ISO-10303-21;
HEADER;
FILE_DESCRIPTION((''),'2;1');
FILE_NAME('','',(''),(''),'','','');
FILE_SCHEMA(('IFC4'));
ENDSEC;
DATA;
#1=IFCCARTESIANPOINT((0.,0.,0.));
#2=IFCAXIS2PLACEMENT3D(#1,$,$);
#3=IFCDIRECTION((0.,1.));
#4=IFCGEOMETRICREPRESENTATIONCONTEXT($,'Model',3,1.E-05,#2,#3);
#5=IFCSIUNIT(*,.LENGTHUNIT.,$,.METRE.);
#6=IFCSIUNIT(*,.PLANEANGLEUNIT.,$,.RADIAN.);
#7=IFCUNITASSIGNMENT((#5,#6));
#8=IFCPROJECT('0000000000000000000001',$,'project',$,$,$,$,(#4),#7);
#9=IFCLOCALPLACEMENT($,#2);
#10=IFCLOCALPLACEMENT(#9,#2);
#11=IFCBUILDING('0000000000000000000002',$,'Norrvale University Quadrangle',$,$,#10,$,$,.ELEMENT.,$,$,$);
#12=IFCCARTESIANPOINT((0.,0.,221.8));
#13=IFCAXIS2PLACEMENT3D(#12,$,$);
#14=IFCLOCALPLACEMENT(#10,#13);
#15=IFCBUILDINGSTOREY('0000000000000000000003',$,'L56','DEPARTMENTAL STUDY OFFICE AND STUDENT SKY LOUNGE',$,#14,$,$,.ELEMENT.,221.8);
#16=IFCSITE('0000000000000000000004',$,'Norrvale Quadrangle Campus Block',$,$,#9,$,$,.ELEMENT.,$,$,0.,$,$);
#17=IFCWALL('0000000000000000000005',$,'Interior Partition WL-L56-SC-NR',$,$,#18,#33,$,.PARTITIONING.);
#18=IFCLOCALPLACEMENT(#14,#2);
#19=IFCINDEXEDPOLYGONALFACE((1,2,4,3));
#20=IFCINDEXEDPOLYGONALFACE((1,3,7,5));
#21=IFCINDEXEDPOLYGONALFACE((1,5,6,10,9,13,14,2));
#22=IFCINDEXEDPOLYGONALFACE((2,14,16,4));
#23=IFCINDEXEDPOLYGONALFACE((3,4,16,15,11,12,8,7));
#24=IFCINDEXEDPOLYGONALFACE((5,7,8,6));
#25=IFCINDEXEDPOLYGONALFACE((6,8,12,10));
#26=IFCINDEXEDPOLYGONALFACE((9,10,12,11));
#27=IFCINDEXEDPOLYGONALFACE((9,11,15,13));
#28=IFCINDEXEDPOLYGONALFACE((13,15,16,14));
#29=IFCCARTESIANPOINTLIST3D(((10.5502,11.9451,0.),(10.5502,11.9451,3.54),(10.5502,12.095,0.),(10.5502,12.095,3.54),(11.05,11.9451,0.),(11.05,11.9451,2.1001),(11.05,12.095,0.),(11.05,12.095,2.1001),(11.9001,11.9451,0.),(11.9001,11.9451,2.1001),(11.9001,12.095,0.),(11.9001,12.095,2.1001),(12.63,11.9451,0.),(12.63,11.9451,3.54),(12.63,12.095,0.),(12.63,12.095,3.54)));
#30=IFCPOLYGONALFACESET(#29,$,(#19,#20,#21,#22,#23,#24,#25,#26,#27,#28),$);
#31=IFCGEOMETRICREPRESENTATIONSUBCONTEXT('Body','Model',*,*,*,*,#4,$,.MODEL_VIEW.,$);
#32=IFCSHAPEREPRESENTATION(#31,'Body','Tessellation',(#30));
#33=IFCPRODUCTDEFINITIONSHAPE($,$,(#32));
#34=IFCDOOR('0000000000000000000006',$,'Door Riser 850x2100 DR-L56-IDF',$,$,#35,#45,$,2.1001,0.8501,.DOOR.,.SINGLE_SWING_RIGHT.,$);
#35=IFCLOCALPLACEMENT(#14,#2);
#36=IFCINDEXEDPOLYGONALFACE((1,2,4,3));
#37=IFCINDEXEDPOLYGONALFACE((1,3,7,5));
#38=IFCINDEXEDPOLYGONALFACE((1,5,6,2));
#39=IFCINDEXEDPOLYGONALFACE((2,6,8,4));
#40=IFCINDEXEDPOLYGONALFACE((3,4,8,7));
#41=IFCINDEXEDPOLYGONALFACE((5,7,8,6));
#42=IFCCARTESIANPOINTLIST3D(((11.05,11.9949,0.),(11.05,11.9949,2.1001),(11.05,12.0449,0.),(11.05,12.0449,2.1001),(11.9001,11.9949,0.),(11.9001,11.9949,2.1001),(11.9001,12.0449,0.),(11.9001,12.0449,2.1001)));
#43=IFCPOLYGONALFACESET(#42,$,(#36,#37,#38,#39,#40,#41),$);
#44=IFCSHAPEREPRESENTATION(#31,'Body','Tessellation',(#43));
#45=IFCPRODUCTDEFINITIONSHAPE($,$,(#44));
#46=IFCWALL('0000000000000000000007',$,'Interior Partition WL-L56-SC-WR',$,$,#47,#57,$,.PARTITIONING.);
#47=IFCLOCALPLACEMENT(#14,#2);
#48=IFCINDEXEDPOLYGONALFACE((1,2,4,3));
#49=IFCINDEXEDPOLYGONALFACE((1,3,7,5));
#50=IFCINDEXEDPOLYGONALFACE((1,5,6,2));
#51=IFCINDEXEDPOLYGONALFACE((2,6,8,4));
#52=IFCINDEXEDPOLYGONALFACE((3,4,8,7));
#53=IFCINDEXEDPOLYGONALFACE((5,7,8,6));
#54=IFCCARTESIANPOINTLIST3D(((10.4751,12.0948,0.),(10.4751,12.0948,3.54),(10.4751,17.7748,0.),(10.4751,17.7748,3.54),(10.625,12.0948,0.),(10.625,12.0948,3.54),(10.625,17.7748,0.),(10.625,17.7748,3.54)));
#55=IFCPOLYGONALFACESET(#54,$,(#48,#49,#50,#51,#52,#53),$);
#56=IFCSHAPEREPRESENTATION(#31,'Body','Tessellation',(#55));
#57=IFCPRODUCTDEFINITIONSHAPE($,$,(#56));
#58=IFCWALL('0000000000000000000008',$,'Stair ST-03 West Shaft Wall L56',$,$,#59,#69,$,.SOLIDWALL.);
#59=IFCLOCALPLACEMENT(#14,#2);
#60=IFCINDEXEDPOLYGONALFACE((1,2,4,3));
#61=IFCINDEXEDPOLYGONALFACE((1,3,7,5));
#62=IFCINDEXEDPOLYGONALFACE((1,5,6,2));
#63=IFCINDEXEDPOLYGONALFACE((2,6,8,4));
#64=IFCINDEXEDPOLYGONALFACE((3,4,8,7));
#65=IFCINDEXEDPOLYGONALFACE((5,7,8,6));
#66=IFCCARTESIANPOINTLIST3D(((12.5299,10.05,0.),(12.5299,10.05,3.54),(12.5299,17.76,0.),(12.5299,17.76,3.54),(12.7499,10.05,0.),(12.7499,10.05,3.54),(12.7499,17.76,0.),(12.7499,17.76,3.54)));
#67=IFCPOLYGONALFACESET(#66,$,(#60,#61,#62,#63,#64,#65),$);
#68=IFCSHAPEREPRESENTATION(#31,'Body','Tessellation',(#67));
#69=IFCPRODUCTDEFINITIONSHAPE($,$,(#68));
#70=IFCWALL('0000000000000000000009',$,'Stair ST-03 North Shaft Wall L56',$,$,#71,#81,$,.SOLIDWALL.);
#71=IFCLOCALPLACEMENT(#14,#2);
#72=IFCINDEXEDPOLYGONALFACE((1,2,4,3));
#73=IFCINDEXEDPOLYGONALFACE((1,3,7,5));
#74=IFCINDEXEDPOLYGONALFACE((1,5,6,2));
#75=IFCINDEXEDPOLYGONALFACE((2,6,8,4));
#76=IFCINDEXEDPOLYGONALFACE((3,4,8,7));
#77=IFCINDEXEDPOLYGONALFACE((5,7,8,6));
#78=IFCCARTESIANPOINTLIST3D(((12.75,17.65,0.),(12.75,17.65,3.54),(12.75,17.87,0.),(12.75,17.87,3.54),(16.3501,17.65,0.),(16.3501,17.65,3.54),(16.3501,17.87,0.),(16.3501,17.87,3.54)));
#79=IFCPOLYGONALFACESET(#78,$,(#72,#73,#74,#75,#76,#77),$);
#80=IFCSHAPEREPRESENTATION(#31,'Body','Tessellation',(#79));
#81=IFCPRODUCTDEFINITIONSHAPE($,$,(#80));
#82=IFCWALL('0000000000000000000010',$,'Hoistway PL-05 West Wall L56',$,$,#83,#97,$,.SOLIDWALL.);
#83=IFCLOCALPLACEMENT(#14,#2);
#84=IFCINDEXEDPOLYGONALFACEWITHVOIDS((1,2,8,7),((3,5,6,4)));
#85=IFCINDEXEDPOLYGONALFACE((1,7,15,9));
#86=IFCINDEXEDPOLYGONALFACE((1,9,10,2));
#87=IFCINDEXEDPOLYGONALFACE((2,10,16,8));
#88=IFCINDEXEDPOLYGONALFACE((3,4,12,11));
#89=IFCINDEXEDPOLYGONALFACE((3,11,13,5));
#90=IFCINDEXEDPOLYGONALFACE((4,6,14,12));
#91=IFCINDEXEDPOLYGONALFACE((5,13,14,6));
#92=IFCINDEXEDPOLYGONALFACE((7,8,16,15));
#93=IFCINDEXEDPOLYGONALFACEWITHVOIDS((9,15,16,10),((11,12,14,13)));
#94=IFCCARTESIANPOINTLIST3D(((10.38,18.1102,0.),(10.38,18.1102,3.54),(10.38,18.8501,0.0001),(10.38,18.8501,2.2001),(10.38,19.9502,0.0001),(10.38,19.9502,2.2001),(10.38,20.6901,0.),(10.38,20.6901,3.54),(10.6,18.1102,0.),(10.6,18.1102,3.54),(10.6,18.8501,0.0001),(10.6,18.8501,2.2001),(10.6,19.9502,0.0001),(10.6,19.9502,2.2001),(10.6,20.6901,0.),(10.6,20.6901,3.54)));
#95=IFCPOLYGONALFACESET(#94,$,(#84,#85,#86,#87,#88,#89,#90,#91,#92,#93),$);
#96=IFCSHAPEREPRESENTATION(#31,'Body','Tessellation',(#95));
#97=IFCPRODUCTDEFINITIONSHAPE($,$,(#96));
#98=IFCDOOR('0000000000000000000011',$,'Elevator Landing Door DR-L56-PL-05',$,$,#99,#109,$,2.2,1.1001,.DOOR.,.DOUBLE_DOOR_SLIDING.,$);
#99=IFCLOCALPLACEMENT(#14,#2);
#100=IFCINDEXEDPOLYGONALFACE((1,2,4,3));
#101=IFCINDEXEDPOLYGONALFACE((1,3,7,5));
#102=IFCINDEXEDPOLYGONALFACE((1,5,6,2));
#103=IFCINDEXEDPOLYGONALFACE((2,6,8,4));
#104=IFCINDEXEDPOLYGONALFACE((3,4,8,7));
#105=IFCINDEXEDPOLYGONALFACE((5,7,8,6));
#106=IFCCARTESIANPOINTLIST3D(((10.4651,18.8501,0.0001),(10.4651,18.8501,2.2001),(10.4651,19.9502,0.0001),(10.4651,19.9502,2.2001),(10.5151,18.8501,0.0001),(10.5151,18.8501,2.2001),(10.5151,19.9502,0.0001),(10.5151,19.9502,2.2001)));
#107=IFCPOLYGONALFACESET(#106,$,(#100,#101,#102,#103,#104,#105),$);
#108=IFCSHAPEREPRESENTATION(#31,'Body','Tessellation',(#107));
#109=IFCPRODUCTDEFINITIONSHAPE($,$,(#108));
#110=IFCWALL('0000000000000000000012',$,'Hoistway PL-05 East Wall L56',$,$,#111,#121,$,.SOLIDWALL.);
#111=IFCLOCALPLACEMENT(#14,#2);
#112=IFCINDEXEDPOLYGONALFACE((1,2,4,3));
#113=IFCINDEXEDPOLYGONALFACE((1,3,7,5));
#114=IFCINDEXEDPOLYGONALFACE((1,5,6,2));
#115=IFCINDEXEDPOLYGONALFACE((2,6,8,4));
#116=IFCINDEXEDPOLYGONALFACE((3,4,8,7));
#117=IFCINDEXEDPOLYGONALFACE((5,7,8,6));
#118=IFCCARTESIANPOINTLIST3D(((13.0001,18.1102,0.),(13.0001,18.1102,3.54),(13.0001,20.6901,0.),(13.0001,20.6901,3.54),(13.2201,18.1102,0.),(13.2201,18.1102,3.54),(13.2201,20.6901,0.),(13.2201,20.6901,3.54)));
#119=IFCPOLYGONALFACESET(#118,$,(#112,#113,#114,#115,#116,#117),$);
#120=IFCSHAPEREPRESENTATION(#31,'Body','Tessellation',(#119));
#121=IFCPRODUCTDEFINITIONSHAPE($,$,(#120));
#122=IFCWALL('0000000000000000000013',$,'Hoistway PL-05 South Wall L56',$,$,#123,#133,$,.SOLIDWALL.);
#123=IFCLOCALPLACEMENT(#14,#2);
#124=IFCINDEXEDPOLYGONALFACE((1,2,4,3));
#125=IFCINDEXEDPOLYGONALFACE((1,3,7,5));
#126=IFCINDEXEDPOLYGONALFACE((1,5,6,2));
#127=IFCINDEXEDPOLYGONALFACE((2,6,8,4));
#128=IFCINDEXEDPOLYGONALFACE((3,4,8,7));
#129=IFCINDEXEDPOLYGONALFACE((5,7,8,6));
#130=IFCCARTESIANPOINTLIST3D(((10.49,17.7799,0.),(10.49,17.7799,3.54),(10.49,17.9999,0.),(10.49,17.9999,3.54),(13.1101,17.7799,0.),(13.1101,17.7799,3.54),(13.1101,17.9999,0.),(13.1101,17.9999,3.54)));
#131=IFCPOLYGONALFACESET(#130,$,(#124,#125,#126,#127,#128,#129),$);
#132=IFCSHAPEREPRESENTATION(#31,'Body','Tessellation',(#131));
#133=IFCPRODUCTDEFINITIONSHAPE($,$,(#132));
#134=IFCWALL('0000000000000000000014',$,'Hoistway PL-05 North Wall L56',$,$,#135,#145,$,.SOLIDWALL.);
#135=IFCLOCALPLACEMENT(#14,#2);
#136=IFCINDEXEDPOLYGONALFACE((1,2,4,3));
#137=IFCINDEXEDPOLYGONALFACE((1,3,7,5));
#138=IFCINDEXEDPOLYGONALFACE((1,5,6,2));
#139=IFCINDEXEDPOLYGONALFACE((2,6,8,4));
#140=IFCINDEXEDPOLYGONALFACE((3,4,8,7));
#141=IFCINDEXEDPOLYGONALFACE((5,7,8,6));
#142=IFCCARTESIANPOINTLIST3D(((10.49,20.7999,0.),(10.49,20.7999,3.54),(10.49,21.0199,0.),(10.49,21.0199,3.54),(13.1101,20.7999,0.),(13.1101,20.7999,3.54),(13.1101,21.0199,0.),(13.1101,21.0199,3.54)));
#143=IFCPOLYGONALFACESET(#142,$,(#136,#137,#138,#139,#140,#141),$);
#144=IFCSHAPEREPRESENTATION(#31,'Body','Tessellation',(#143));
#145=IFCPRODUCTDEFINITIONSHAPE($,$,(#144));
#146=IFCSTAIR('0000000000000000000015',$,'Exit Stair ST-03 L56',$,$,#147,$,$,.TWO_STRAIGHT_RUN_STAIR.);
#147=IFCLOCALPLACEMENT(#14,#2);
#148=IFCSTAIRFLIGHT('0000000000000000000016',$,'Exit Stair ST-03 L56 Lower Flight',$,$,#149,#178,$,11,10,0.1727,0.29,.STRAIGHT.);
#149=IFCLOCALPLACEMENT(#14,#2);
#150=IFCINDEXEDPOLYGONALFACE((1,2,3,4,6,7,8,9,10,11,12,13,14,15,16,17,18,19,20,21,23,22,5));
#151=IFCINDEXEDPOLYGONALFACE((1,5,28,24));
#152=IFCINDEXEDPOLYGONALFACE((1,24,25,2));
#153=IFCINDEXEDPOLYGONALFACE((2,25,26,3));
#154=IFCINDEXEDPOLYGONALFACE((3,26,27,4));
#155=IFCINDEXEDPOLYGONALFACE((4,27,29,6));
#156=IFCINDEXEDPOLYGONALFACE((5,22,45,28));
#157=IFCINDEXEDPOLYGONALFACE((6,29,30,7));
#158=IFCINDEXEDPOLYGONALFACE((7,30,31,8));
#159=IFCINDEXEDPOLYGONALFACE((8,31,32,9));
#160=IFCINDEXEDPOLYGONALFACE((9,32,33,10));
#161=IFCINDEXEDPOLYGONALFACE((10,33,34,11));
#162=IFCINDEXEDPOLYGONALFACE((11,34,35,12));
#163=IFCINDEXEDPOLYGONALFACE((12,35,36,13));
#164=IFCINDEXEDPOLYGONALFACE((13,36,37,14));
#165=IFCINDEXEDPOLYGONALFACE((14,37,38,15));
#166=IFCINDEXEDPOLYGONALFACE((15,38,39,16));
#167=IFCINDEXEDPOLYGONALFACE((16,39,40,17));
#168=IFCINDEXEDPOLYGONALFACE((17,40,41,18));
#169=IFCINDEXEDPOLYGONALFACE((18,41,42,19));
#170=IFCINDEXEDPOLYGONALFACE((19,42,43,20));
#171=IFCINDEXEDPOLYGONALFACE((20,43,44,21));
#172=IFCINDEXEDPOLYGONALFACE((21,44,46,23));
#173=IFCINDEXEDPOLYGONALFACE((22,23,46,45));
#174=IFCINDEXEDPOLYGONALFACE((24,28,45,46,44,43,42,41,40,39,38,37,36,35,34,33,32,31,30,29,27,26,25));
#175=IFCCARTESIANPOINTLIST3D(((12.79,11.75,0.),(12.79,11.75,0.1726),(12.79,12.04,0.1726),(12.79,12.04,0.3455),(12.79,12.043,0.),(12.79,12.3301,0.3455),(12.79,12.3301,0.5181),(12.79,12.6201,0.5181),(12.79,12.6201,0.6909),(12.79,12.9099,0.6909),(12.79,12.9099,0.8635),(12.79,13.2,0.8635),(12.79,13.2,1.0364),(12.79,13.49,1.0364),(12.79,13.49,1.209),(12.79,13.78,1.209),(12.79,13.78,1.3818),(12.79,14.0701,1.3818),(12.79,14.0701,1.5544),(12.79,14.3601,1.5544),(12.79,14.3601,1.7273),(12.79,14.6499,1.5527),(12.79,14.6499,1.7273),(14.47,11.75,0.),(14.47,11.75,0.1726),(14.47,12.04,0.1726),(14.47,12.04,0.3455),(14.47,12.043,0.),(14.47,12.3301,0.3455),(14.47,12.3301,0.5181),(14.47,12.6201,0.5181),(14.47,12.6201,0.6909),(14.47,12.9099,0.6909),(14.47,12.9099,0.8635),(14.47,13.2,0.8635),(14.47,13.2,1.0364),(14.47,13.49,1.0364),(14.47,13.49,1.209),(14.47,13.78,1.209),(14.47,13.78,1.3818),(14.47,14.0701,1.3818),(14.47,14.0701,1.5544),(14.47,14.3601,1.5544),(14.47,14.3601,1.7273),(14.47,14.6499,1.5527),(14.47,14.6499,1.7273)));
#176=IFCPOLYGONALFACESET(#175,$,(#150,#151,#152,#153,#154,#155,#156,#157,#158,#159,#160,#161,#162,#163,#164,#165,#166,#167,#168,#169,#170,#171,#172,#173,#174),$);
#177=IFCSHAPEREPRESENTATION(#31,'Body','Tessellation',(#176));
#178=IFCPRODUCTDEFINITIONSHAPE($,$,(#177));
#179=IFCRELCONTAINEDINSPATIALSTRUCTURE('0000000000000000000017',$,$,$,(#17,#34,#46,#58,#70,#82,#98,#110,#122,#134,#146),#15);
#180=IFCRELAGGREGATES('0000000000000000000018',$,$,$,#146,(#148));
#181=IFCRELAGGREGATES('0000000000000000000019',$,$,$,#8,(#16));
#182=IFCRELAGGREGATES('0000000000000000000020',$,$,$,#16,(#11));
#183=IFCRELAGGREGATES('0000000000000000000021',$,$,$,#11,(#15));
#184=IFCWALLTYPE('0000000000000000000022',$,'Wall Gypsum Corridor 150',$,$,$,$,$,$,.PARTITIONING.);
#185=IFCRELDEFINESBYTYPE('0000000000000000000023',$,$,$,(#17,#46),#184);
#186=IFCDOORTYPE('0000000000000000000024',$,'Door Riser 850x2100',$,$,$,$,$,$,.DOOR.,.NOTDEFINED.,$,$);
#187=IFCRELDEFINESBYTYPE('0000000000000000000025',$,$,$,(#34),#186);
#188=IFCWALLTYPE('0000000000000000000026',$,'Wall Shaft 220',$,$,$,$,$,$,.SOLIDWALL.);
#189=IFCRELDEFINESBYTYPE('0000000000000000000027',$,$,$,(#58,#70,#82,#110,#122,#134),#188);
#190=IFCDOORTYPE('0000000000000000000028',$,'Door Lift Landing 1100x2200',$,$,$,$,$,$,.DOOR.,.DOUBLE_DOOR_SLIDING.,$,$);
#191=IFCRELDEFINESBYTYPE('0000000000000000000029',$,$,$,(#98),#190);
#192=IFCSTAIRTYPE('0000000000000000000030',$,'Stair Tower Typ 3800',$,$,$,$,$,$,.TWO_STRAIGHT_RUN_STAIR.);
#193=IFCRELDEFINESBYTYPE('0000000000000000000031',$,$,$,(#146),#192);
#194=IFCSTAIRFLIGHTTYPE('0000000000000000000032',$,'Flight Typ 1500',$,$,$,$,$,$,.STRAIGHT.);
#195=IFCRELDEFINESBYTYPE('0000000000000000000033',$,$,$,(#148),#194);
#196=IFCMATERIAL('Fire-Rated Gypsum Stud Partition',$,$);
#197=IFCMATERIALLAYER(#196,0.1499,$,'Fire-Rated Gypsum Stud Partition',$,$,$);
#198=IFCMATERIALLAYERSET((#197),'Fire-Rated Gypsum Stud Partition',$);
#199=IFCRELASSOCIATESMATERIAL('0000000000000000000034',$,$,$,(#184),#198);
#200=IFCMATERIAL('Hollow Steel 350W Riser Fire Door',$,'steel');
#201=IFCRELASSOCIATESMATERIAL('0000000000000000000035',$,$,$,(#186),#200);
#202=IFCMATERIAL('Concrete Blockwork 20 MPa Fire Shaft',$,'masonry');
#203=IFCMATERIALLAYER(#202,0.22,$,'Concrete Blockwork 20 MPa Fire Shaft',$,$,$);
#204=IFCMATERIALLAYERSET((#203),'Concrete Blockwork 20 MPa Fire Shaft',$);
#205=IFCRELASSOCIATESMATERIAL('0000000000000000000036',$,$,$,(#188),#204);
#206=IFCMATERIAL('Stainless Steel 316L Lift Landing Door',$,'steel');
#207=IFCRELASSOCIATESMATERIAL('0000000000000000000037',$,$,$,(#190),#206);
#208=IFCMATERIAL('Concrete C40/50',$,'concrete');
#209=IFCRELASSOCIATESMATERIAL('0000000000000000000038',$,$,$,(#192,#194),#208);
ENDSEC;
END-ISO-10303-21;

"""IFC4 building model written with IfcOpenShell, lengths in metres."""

from ifc_helpers import new_model, si_unit, direction, frame, frame_2d, origin, place, context, subcontext, project, spatial, polyline, rectangle, outline, extrude, material, layer, layer_set, type_object, element, fill, aggregate, save


model = new_model("IFC4")

# Units and contexts
model_context = context("Model", 3, precision=1e-05, world=origin(), true_north=direction((0.0, 1.0)))
body_context = subcontext(model_context, "Body", "Model", "MODEL_VIEW")
ifc_project = project(units=[si_unit("LENGTHUNIT", "METRE"), si_unit("PLANEANGLEUNIT", "RADIAN")], contexts=[model_context])

# Site, building, storey
site_placement = place(None, origin())
site = spatial("IfcSite", under=ifc_project, at=site_placement, Name="Norrvale Quadrangle Campus Block", CompositionType="ELEMENT", RefElevation=0.0)
building_placement = place(site_placement, origin())
building = spatial("IfcBuilding", under=site, at=building_placement, Name="Norrvale University Quadrangle", CompositionType="ELEMENT")
storey_placement = place(building_placement, frame((0.0, 0.0, 221.8)))
storey = spatial("IfcBuildingStorey", under=building, at=storey_placement, Name="L56", Description="DEPARTMENTAL STUDY OFFICE AND STUDENT SKY LOUNGE", CompositionType="ELEMENT", Elevation=221.8)

# Wall, opening, door
ifc_material_1 = material(Name="Fire-Rated Gypsum Stud Partition")
ifc_layer_1 = layer(ifc_material_1, 0.1499, Name="Fire-Rated Gypsum Stud Partition")
ifc_layer_set_1 = layer_set([ifc_layer_1], Name="Fire-Rated Gypsum Stud Partition")
wall_type_1 = type_object("IfcWallType", Name="Wall Gypsum Corridor 150", PredefinedType="PARTITIONING", material=ifc_layer_set_1)
wall_1_placement = place(storey_placement, frame((10.55, 12.02, 0.0), z_axis=(0.0, 0.0, 1.0), x_axis=(1.0, 0.0, 0.0)))
wall_1 = element("IfcWall", 1, at=wall_1_placement, inside=storey, type_object=wall_type_1, Name="Interior Partition WL-L56-SC-NR", PredefinedType="PARTITIONING", context=body_context, shape_type="SweptSolid", body=[
    extrude(rectangle(XDim=2.0798, YDim=0.1499, at=frame_2d((1.04, 0.0))), origin(), (0.0, 0.0, 1.0), 3.54),
])
opening_1_placement = place(wall_1_placement, frame((0.5, 0.0, 0.0)))
opening_1 = element("IfcOpeningElement", 2, at=opening_1_placement, cuts=wall_1, PredefinedType="OPENING", context=body_context, shape_type="SweptSolid", body=[
    extrude(rectangle(XDim=0.8501, YDim=2.1001, at=frame_2d((0.425, 1.05))), frame((0.0, 0.0869, 0.0), z_axis=(0.0, -1.0, 0.0), x_axis=(1.0, 0.0, 0.0)), (0.0, 0.0, 1.0), 0.1738),
])
ifc_material_2 = material(Name="Hollow Steel 350W Riser Fire Door", Category="steel")
door_type_1 = type_object("IfcDoorType", Name="Door Riser 850x2100", OperationType="NOTDEFINED", PredefinedType="DOOR", material=ifc_material_2)
door_1_placement = place(opening_1_placement, origin())
door_1 = element("IfcDoor", 3, at=door_1_placement, inside=storey, type_object=door_type_1, Name="Door Riser 850x2100 DR-L56-IDF", OperationType="SINGLE_SWING_RIGHT", OverallHeight=2.1001, OverallWidth=0.8501, PredefinedType="DOOR", context=body_context, shape_type="SweptSolid", body=[
    extrude(rectangle(XDim=0.8501, YDim=2.1001, at=frame_2d((0.425, 1.05))), frame((0.0, 0.0249, 0.0), z_axis=(0.0, -1.0, 0.0), x_axis=(1.0, 0.0, 0.0)), (0.0, 0.0, 1.0), 0.05),
])
fill(opening_1, door_1)

# Walls
wall_2_placement = place(storey_placement, frame((10.55, 12.095, 0.0), z_axis=(0.0, 0.0, 1.0), x_axis=(0.0, 1.0, 0.0)))
element("IfcWall", 4, at=wall_2_placement, inside=storey, type_object=wall_type_1, Name="Interior Partition WL-L56-SC-WR", PredefinedType="PARTITIONING", context=body_context, shape_type="SweptSolid", body=[
    extrude(rectangle(XDim=5.6799, YDim=0.1499, at=frame_2d((2.8398, 0.0))), origin(), (0.0, 0.0, 1.0), 3.54),
])
ifc_material_3 = material(Name="Concrete Blockwork 20 MPa Fire Shaft", Category="masonry")
ifc_layer_2 = layer(ifc_material_3, 0.22, Name="Concrete Blockwork 20 MPa Fire Shaft")
ifc_layer_set_2 = layer_set([ifc_layer_2], Name="Concrete Blockwork 20 MPa Fire Shaft")
wall_type_2 = type_object("IfcWallType", Name="Wall Shaft 220", PredefinedType="SOLIDWALL", material=ifc_layer_set_2)
wall_3_placement = place(storey_placement, frame((12.6399, 10.05, 0.0), z_axis=(0.0, 0.0, 1.0), x_axis=(0.0, 1.0, 0.0)))
element("IfcWall", 5, at=wall_3_placement, inside=storey, type_object=wall_type_2, Name="Stair ST-03 West Shaft Wall L56", PredefinedType="SOLIDWALL", context=body_context, shape_type="SweptSolid", body=[
    extrude(rectangle(XDim=7.71, YDim=0.22, at=frame_2d((3.855, 0.0))), origin(), (0.0, 0.0, 1.0), 3.54),
])
wall_4_placement = place(storey_placement, frame((12.75, 17.76, 0.0), z_axis=(0.0, 0.0, 1.0), x_axis=(1.0, 0.0, 0.0)))
element("IfcWall", 6, at=wall_4_placement, inside=storey, type_object=wall_type_2, Name="Stair ST-03 North Shaft Wall L56", PredefinedType="SOLIDWALL", context=body_context, shape_type="SweptSolid", body=[
    extrude(rectangle(XDim=3.6001, YDim=0.22, at=frame_2d((1.8, 0.0))), origin(), (0.0, 0.0, 1.0), 3.54),
])

# Wall, opening, door
wall_5_placement = place(storey_placement, frame((10.49, 18.1101, 0.0), z_axis=(0.0, 0.0, 1.0), x_axis=(0.0, 1.0, 0.0)))
wall_5 = element("IfcWall", 7, at=wall_5_placement, inside=storey, type_object=wall_type_2, Name="Hoistway PL-05 West Wall L56", PredefinedType="SOLIDWALL", context=body_context, shape_type="SweptSolid", body=[
    extrude(rectangle(XDim=2.5798, YDim=0.22, at=frame_2d((1.29, 0.0))), origin(), (0.0, 0.0, 1.0), 3.54),
])
opening_2_placement = place(wall_5_placement, frame((0.74, 0.0, 0.0)))
opening_2 = element("IfcOpeningElement", 8, at=opening_2_placement, cuts=wall_5, PredefinedType="OPENING", context=body_context, shape_type="SweptSolid", body=[
    extrude(rectangle(XDim=1.1001, YDim=2.2, at=frame_2d((0.55, 1.1001))), frame((0.0, 0.1221, 0.0), z_axis=(0.0, -1.0, 0.0), x_axis=(1.0, 0.0, 0.0)), (0.0, 0.0, 1.0), 0.2439),
])
ifc_material_4 = material(Name="Stainless Steel 316L Lift Landing Door", Category="steel")
door_type_2 = type_object("IfcDoorType", Name="Door Lift Landing 1100x2200", OperationType="DOUBLE_DOOR_SLIDING", PredefinedType="DOOR", material=ifc_material_4)
door_2_placement = place(opening_2_placement, origin())
door_2 = element("IfcDoor", 9, at=door_2_placement, inside=storey, type_object=door_type_2, Name="Elevator Landing Door DR-L56-PL-05", OperationType="DOUBLE_DOOR_SLIDING", OverallHeight=2.2, OverallWidth=1.1001, PredefinedType="DOOR", context=body_context, shape_type="SweptSolid", body=[
    extrude(rectangle(XDim=1.1001, YDim=2.2, at=frame_2d((0.55, 1.1001))), frame((0.0, 0.0249, 0.0), z_axis=(0.0, -1.0, 0.0), x_axis=(1.0, 0.0, 0.0)), (0.0, 0.0, 1.0), 0.05),
])
fill(opening_2, door_2)

# Walls
wall_6_placement = place(storey_placement, frame((13.1101, 18.1101, 0.0), z_axis=(0.0, 0.0, 1.0), x_axis=(0.0, 1.0, 0.0)))
element("IfcWall", 10, at=wall_6_placement, inside=storey, type_object=wall_type_2, Name="Hoistway PL-05 East Wall L56", PredefinedType="SOLIDWALL", context=body_context, shape_type="SweptSolid", body=[
    extrude(rectangle(XDim=2.5798, YDim=0.22, at=frame_2d((1.29, 0.0))), origin(), (0.0, 0.0, 1.0), 3.54),
])
for number, where, z_axis, x_axis, name in (
    (11, (10.49, 17.8899, 0.0), (0.0, 0.0, 1.0), (1.0, 0.0, 0.0), "Hoistway PL-05 South Wall L56"),
    (12, (10.49, 20.9099, 0.0), (0.0, 0.0, 1.0), (1.0, 0.0, 0.0), "Hoistway PL-05 North Wall L56"),
):
    element("IfcWall", number, at=place(storey_placement, frame(where, z_axis=z_axis, x_axis=x_axis)), inside=storey, type_object=wall_type_2, Name=name, PredefinedType="SOLIDWALL", context=body_context, shape_type="SweptSolid", body=[
        extrude(rectangle(XDim=2.6201, YDim=0.22, at=frame_2d((1.3101, 0.0))), origin(), (0.0, 0.0, 1.0), 3.54),
    ])

# Stair, stair flight
ifc_material_5 = material(Name="Concrete C40/50", Category="concrete")
stair_type = type_object("IfcStairType", Name="Stair Tower Typ 3800", PredefinedType="TWO_STRAIGHT_RUN_STAIR", material=ifc_material_5)
stair_placement = place(storey_placement, origin())
stair = element("IfcStair", 13, at=stair_placement, inside=storey, type_object=stair_type, Name="Exit Stair ST-03 L56", PredefinedType="TWO_STRAIGHT_RUN_STAIR")
stair_flight_type = type_object("IfcStairFlightType", Name="Flight Typ 1500", PredefinedType="STRAIGHT", material=ifc_material_5)
stair_flight_1_placement = place(storey_placement, frame((13.6299, 11.75, 0.0), z_axis=(0.0, 0.0, 1.0), x_axis=(0.0, 1.0, 0.0)))
stair_flight_1 = element("IfcStairFlight", 14, at=stair_flight_1_placement, type_object=stair_flight_type, Name="Exit Stair ST-03 L56 Lower Flight", NumberOfRisers=11, NumberOfTreads=10, PredefinedType="STRAIGHT", RiserHeight=0.1727, TreadLength=0.29, context=body_context, shape_type="SweptSolid", body=[
    extrude(outline(polyline([(0.0, 0.0), (0.0, 0.1726), (0.29, 0.1726), (0.29, 0.3455), (0.5801, 0.3455), (0.5801, 0.5181), (0.8701, 0.5181), (0.8701, 0.6909), (1.1599, 0.6909), (1.1599, 0.8635), (1.45, 0.8635), (1.45, 1.0364), (1.74, 1.0364), (1.74, 1.209), (2.03, 1.209), (2.03, 1.3818), (2.3201, 1.3818), (2.3201, 1.5544), (2.6101, 1.5544), (2.6101, 1.7273), (2.8999, 1.7273), (2.8999, 1.8999), (2.8999, 1.5527), (0.293, 0.0), (0.0, 0.0)])), frame((0.0, 0.8398, 0.0), z_axis=(0.0, -1.0, 0.0), x_axis=(1.0, 0.0, 0.0)), (0.0, 0.0, 1.0), 1.6799),
])
aggregate(stair, [stair_flight_1])

save(model, "model.ifc")
